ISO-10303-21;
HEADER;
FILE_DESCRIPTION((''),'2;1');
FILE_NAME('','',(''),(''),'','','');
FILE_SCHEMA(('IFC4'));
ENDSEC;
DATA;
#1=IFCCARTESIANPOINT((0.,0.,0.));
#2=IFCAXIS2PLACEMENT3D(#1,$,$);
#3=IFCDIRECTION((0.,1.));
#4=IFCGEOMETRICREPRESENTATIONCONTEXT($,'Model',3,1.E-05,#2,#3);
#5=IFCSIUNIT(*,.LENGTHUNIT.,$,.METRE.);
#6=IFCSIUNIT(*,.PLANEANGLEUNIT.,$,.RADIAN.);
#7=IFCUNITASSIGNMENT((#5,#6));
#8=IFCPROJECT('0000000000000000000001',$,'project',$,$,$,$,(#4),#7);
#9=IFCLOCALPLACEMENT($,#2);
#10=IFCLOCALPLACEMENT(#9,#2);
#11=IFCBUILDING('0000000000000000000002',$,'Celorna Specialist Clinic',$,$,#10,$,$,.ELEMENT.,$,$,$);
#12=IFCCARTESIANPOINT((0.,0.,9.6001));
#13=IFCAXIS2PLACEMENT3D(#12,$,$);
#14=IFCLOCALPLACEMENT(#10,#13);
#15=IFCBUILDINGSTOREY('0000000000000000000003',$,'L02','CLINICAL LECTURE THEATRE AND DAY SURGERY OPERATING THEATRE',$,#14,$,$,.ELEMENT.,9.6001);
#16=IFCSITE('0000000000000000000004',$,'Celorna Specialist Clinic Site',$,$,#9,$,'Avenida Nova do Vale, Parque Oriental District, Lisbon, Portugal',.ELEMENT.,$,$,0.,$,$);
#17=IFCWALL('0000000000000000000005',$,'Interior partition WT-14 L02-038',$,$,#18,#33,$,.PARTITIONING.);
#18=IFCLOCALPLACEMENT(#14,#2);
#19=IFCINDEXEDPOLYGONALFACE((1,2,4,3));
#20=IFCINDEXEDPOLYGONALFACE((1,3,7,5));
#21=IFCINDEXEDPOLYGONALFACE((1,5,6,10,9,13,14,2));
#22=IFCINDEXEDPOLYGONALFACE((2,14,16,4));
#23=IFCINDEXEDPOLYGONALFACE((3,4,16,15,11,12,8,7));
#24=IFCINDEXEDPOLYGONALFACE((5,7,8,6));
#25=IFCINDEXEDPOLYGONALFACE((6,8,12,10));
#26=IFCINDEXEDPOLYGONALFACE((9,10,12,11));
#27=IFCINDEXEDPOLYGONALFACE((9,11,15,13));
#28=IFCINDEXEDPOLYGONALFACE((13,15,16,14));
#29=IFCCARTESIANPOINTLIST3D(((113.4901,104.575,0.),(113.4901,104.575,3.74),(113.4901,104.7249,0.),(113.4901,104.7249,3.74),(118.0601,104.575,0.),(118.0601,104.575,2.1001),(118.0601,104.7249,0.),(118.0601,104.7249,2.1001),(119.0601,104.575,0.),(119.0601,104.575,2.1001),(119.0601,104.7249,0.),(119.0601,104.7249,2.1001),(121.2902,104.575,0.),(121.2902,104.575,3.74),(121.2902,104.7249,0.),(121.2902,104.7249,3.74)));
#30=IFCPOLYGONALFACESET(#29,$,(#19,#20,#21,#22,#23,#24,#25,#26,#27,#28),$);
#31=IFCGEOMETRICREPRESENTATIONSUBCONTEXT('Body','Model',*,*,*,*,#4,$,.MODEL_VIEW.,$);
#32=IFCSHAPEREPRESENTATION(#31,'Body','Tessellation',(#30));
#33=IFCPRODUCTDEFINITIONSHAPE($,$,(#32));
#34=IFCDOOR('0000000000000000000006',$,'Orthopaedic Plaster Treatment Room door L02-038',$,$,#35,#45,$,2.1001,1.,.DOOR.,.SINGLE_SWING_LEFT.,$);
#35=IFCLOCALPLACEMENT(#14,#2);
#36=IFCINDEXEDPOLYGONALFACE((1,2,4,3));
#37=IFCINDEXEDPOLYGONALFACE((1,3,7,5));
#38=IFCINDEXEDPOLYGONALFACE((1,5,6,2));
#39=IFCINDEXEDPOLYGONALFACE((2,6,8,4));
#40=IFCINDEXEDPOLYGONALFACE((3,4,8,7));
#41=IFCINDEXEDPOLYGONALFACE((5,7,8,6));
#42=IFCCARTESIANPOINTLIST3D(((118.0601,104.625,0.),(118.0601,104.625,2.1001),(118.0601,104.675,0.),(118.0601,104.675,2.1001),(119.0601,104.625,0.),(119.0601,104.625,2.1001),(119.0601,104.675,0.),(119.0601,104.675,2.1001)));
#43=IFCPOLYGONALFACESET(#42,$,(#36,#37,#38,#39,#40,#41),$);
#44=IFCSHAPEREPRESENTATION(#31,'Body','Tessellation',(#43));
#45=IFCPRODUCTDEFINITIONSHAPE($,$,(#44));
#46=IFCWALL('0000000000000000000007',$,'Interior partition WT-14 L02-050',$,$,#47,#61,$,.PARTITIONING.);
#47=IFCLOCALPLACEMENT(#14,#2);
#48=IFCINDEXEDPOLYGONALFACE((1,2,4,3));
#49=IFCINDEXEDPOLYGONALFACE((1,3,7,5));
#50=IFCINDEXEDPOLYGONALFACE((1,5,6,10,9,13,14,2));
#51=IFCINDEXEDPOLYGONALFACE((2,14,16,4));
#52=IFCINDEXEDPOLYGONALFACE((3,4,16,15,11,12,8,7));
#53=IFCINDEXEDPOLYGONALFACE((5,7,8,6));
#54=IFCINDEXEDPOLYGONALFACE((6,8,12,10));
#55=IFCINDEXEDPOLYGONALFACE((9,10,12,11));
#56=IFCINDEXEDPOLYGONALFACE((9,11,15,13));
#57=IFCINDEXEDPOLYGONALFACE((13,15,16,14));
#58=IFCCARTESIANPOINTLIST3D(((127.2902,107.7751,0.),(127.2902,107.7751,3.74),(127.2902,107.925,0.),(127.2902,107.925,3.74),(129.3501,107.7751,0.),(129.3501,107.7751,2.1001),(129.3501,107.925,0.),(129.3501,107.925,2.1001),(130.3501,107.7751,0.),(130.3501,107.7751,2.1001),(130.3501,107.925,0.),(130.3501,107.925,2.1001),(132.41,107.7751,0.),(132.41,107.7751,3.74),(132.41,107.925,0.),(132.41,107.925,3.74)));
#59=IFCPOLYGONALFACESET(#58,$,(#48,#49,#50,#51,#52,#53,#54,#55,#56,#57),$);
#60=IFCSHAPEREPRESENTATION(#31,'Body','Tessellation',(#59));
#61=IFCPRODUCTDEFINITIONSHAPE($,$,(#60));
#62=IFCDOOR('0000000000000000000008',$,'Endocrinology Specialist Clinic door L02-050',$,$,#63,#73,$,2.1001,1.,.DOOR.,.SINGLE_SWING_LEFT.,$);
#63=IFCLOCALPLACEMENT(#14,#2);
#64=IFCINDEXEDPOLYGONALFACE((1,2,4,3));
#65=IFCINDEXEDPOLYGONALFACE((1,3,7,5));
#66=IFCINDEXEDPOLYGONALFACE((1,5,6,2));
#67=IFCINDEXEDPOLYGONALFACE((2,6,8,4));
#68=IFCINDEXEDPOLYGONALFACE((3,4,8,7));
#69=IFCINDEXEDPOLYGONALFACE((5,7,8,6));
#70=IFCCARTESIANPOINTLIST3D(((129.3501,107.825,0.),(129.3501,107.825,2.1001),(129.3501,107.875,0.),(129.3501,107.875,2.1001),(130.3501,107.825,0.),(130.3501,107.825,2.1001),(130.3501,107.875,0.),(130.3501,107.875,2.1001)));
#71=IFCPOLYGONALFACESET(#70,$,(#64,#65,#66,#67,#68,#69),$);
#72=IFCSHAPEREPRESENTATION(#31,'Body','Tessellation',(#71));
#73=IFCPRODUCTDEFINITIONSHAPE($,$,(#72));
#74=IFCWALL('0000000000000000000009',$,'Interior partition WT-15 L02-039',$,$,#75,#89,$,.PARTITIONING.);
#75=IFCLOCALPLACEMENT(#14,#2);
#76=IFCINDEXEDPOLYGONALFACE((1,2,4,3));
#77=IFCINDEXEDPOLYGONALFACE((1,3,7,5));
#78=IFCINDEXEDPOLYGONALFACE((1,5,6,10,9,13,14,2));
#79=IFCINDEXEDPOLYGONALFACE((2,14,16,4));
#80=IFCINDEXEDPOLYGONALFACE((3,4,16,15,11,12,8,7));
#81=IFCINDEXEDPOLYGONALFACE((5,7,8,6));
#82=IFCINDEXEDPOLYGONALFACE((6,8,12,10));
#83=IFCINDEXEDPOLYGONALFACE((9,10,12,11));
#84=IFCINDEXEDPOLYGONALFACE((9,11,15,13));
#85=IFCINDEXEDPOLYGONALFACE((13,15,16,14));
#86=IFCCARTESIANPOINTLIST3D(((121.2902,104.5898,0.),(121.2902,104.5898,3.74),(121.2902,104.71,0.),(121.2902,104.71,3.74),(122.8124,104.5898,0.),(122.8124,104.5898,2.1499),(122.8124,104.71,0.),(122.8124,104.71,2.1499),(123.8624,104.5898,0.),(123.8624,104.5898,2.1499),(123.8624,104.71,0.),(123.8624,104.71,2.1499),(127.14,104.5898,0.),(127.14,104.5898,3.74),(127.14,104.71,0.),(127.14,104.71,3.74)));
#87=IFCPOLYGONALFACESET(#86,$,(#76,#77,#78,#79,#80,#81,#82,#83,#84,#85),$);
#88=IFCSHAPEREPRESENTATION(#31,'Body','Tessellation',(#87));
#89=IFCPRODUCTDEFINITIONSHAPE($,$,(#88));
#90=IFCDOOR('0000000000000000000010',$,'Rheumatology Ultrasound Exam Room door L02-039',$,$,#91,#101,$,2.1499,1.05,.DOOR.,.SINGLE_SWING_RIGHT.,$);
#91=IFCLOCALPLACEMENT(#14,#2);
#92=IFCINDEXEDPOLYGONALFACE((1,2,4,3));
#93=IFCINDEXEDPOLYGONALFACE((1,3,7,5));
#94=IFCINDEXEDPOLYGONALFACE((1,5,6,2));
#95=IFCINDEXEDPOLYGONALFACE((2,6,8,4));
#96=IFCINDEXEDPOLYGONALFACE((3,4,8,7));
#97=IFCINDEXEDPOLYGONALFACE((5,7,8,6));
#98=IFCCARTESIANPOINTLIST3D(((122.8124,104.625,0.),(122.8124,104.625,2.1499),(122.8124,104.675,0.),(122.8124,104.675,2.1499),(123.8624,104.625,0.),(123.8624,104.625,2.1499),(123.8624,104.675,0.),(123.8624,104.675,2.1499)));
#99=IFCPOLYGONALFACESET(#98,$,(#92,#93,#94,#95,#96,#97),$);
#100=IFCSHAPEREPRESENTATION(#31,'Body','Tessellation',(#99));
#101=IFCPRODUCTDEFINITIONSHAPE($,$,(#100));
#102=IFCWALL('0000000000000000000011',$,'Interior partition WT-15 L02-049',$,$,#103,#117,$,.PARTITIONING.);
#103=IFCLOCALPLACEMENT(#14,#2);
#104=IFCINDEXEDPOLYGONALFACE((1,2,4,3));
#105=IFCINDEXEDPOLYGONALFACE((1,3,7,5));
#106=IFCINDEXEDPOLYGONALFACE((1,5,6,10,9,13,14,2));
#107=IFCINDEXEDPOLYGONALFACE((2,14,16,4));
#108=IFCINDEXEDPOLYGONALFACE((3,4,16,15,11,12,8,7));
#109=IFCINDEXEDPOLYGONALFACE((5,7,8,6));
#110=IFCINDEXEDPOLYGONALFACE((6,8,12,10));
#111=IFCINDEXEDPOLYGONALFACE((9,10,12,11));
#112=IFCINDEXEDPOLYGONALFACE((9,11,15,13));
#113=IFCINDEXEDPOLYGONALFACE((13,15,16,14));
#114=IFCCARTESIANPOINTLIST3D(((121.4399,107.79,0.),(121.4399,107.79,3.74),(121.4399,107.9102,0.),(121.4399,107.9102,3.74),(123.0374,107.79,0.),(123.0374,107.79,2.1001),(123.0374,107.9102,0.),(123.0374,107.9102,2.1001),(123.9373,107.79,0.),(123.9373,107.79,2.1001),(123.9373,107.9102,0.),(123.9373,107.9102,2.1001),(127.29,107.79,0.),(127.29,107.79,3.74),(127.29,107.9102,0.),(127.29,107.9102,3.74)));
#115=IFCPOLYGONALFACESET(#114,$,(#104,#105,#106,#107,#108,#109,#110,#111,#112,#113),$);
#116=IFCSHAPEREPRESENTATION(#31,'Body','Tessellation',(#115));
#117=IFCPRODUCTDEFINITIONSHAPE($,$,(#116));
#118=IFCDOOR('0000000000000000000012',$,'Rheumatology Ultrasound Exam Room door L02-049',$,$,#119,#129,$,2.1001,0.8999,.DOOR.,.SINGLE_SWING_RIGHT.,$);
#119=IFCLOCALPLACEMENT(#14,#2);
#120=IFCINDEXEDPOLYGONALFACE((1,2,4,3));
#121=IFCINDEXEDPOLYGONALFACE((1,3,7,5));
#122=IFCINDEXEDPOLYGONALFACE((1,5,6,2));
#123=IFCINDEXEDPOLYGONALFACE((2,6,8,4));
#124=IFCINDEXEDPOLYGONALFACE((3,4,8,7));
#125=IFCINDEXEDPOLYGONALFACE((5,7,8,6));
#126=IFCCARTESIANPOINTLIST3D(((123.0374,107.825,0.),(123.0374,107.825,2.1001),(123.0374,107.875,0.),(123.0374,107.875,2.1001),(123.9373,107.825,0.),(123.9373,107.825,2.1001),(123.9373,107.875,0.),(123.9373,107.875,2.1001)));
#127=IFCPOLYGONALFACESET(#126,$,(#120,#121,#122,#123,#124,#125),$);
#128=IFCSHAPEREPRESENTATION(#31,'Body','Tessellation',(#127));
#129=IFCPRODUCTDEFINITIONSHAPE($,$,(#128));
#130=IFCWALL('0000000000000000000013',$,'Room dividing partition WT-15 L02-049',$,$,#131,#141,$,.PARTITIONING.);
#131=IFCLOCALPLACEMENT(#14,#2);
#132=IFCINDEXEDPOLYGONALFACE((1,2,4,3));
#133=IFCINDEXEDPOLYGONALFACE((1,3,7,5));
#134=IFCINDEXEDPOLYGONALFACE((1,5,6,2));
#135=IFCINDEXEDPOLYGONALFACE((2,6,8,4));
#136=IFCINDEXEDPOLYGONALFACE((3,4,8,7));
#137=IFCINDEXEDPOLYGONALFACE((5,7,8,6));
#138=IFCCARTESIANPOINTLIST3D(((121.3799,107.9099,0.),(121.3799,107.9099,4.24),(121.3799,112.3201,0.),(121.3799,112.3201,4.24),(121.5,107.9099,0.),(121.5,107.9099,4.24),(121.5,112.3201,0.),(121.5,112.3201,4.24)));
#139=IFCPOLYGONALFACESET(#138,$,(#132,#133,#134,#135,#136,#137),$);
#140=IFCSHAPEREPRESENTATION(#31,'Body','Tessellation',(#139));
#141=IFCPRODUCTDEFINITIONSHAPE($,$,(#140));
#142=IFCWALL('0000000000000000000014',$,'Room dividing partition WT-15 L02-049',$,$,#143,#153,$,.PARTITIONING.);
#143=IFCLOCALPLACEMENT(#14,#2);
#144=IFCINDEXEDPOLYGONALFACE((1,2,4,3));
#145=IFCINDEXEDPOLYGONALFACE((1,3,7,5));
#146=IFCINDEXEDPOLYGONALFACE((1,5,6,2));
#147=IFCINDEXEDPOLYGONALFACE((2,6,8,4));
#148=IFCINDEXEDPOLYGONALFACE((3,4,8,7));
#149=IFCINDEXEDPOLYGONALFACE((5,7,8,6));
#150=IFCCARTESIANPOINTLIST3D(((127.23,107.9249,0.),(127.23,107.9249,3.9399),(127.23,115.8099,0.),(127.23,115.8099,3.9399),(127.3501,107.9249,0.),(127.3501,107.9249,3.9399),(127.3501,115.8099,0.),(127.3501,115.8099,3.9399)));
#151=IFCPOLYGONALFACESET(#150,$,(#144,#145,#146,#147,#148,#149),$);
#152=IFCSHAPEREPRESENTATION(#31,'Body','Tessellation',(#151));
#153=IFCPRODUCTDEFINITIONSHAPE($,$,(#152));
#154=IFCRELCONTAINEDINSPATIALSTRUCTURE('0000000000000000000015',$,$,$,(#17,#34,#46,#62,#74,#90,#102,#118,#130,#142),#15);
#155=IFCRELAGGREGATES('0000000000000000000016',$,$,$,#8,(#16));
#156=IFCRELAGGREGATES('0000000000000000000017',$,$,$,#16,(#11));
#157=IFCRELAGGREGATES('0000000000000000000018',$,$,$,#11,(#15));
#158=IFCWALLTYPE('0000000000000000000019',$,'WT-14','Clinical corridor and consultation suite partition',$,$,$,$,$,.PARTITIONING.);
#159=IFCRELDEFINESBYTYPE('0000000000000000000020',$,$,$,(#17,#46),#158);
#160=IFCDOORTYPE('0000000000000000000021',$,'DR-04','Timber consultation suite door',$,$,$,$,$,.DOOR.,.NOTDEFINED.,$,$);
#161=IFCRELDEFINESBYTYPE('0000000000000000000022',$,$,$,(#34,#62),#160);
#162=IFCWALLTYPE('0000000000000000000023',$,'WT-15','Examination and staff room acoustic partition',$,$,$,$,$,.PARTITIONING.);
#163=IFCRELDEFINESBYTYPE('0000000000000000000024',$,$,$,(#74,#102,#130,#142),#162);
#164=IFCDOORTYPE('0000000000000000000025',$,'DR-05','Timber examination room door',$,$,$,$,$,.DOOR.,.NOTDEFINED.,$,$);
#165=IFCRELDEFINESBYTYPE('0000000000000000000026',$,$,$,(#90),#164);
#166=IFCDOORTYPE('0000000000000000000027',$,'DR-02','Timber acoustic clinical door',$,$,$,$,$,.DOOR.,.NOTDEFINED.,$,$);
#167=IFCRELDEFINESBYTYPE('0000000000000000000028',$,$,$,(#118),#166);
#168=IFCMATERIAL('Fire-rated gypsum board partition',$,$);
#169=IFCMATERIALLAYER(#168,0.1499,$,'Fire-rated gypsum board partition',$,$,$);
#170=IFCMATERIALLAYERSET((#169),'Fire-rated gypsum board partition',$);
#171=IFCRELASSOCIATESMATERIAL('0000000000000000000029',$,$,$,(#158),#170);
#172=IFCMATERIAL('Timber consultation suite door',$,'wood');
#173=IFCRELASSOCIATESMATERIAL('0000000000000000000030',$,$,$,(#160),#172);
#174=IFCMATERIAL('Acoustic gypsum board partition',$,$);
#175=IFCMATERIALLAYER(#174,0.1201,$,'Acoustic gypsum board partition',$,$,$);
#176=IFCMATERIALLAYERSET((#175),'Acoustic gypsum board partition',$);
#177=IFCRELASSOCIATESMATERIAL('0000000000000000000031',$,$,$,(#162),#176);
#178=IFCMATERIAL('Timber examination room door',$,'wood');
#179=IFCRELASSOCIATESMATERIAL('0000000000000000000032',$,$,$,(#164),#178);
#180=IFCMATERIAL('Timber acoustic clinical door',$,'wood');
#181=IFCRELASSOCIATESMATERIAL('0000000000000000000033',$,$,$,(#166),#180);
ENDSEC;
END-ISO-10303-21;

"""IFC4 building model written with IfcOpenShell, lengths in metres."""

from ifc_helpers import new_model, si_unit, direction, frame, frame_2d, origin, place, context, subcontext, project, spatial, rectangle, extrude, material, layer, layer_set, type_object, element, fill, save


model = new_model("IFC4")

# Units and contexts
model_context = context("Model", 3, precision=1e-05, world=origin(), true_north=direction((0.0, 1.0)))
body_context = subcontext(model_context, "Body", "Model", "MODEL_VIEW")
ifc_project = project(units=[si_unit("LENGTHUNIT", "METRE"), si_unit("PLANEANGLEUNIT", "RADIAN")], contexts=[model_context])

# Site, building, storey
site_placement = place(None, origin())
site = spatial("IfcSite", under=ifc_project, at=site_placement, Name="Celorna Specialist Clinic Site", LongName="Avenida Nova do Vale, Parque Oriental District, Lisbon, Portugal", CompositionType="ELEMENT", RefElevation=0.0)
building_placement = place(site_placement, origin())
building = spatial("IfcBuilding", under=site, at=building_placement, Name="Celorna Specialist Clinic", CompositionType="ELEMENT")
storey_placement = place(building_placement, frame((0.0, 0.0, 9.6001)))
storey = spatial("IfcBuildingStorey", under=building, at=storey_placement, Name="L02", Description="CLINICAL LECTURE THEATRE AND DAY SURGERY OPERATING THEATRE", CompositionType="ELEMENT", Elevation=9.6001)

# Walls, openings, doors
ifc_material_1 = material(Name="Fire-rated gypsum board partition")
ifc_layer_1 = layer(ifc_material_1, 0.1499, Name="Fire-rated gypsum board partition")
ifc_layer_set_1 = layer_set([ifc_layer_1], Name="Fire-rated gypsum board partition")
wall_type_1 = type_object("IfcWallType", Name="WT-14", Description="Clinical corridor and consultation suite partition", PredefinedType="PARTITIONING", material=ifc_layer_set_1)
wall_1_placement = place(storey_placement, frame((121.29, 104.6499, 0.0), z_axis=(0.0, 0.0, 1.0), x_axis=(-1.0, 0.0, 0.0)))
wall_1 = element("IfcWall", 1, at=wall_1_placement, inside=storey, type_object=wall_type_1, Name="Interior partition WT-14 L02-038", PredefinedType="PARTITIONING", context=body_context, shape_type="SweptSolid", body=[
    extrude(rectangle(XDim=7.8, YDim=0.1499, at=frame_2d((3.8999, 0.0))), origin(), (0.0, 0.0, 1.0), 3.74),
])
opening_1_placement = place(wall_1_placement, frame((2.23, 0.0, 0.0)))
opening_1 = element("IfcOpeningElement", 2, at=opening_1_placement, cuts=wall_1, PredefinedType="OPENING", context=body_context, shape_type="SweptSolid", body=[
    extrude(rectangle(XDim=1.0, YDim=2.1001, at=frame_2d((0.5, 1.05))), frame((0.0, 0.085, 0.0), z_axis=(0.0, -1.0, 0.0), x_axis=(1.0, 0.0, 0.0)), (0.0, 0.0, 1.0), 0.1699),
])
ifc_material_2 = material(Name="Timber consultation suite door", Category="wood")
door_type_1 = type_object("IfcDoorType", Name="DR-04", Description="Timber consultation suite door", OperationType="NOTDEFINED", PredefinedType="DOOR", material=ifc_material_2)
door_1_placement = place(opening_1_placement, origin())
door_1 = element("IfcDoor", 3, at=door_1_placement, inside=storey, type_object=door_type_1, Name="Orthopaedic Plaster Treatment Room door L02-038", OperationType="SINGLE_SWING_LEFT", OverallHeight=2.1001, OverallWidth=1.0, PredefinedType="DOOR", context=body_context, shape_type="SweptSolid", body=[
    extrude(rectangle(XDim=1.0, YDim=2.1001, at=frame_2d((0.5, 1.05))), frame((0.0, 0.0249, 0.0), z_axis=(0.0, -1.0, 0.0), x_axis=(1.0, 0.0, 0.0)), (0.0, 0.0, 1.0), 0.05),
])
fill(opening_1, door_1)
wall_2_placement = place(storey_placement, frame((127.29, 107.8501, 0.0), z_axis=(0.0, 0.0, 1.0), x_axis=(1.0, 0.0, 0.0)))
wall_2 = element("IfcWall", 4, at=wall_2_placement, inside=storey, type_object=wall_type_1, Name="Interior partition WT-14 L02-050", PredefinedType="PARTITIONING", context=body_context, shape_type="SweptSolid", body=[
    extrude(rectangle(XDim=5.1199, YDim=0.1499, at=frame_2d((2.5601, 0.0))), origin(), (0.0, 0.0, 1.0), 3.74),
])
opening_2_placement = place(wall_2_placement, frame((2.0601, 0.0, 0.0)))
opening_2 = element("IfcOpeningElement", 5, at=opening_2_placement, cuts=wall_2, PredefinedType="OPENING", context=body_context, shape_type="SweptSolid", body=[
    extrude(rectangle(XDim=1.0, YDim=2.1001, at=frame_2d((0.5, 1.05))), frame((0.0, 0.085, 0.0), z_axis=(0.0, -1.0, 0.0), x_axis=(1.0, 0.0, 0.0)), (0.0, 0.0, 1.0), 0.1699),
])
door_2_placement = place(opening_2_placement, origin())
door_2 = element("IfcDoor", 6, at=door_2_placement, inside=storey, type_object=door_type_1, Name="Endocrinology Specialist Clinic door L02-050", OperationType="SINGLE_SWING_LEFT", OverallHeight=2.1001, OverallWidth=1.0, PredefinedType="DOOR", context=body_context, shape_type="SweptSolid", body=[
    extrude(rectangle(XDim=1.0, YDim=2.1001, at=frame_2d((0.5, 1.05))), frame((0.0, 0.0249, 0.0), z_axis=(0.0, -1.0, 0.0), x_axis=(1.0, 0.0, 0.0)), (0.0, 0.0, 1.0), 0.05),
])
fill(opening_2, door_2)
ifc_material_3 = material(Name="Acoustic gypsum board partition")
ifc_layer_2 = layer(ifc_material_3, 0.1201, Name="Acoustic gypsum board partition")
ifc_layer_set_2 = layer_set([ifc_layer_2], Name="Acoustic gypsum board partition")
wall_type_2 = type_object("IfcWallType", Name="WT-15", Description="Examination and staff room acoustic partition", PredefinedType="PARTITIONING", material=ifc_layer_set_2)
wall_3_placement = place(storey_placement, frame((127.1399, 104.6499, 0.0), z_axis=(0.0, 0.0, 1.0), x_axis=(-1.0, 0.0, 0.0)))
wall_3 = element("IfcWall", 7, at=wall_3_placement, inside=storey, type_object=wall_type_2, Name="Interior partition WT-15 L02-039", PredefinedType="PARTITIONING", context=body_context, shape_type="SweptSolid", body=[
    extrude(rectangle(XDim=5.8499, YDim=0.1201, at=frame_2d((2.9248, 0.0))), origin(), (0.0, 0.0, 1.0), 3.74),
])
opening_3_placement = place(wall_3_placement, frame((3.2776, 0.0, 0.0)))
opening_3 = element("IfcOpeningElement", 8, at=opening_3_placement, cuts=wall_3, PredefinedType="OPENING", context=body_context, shape_type="SweptSolid", body=[
    extrude(rectangle(XDim=1.05, YDim=2.1499, at=frame_2d((0.5249, 1.075))), frame((0.0, 0.0701, 0.0), z_axis=(0.0, -1.0, 0.0), x_axis=(1.0, 0.0, 0.0)), (0.0, 0.0, 1.0), 0.1401),
])
ifc_material_4 = material(Name="Timber examination room door", Category="wood")
door_type_2 = type_object("IfcDoorType", Name="DR-05", Description="Timber examination room door", OperationType="NOTDEFINED", PredefinedType="DOOR", material=ifc_material_4)
door_3_placement = place(opening_3_placement, origin())
door_3 = element("IfcDoor", 9, at=door_3_placement, inside=storey, type_object=door_type_2, Name="Rheumatology Ultrasound Exam Room door L02-039", OperationType="SINGLE_SWING_RIGHT", OverallHeight=2.1499, OverallWidth=1.05, PredefinedType="DOOR", context=body_context, shape_type="SweptSolid", body=[
    extrude(rectangle(XDim=1.05, YDim=2.1499, at=frame_2d((0.5249, 1.075))), frame((0.0, 0.0249, 0.0), z_axis=(0.0, -1.0, 0.0), x_axis=(1.0, 0.0, 0.0)), (0.0, 0.0, 1.0), 0.05),
])
fill(opening_3, door_3)
wall_4_placement = place(storey_placement, frame((121.4399, 107.8501, 0.0), z_axis=(0.0, 0.0, 1.0), x_axis=(1.0, 0.0, 0.0)))
wall_4 = element("IfcWall", 10, at=wall_4_placement, inside=storey, type_object=wall_type_2, Name="Interior partition WT-15 L02-049", PredefinedType="PARTITIONING", context=body_context, shape_type="SweptSolid", body=[
    extrude(rectangle(XDim=5.8501, YDim=0.1201, at=frame_2d((2.925, 0.0))), origin(), (0.0, 0.0, 1.0), 3.74),
])
opening_4_placement = place(wall_4_placement, frame((1.5974, 0.0, 0.0)))
opening_4 = element("IfcOpeningElement", 11, at=opening_4_placement, cuts=wall_4, PredefinedType="OPENING", context=body_context, shape_type="SweptSolid", body=[
    extrude(rectangle(XDim=0.8999, YDim=2.1001, at=frame_2d((0.45, 1.05))), frame((0.0, 0.0701, 0.0), z_axis=(0.0, -1.0, 0.0), x_axis=(1.0, 0.0, 0.0)), (0.0, 0.0, 1.0), 0.1401),
])
ifc_material_5 = material(Name="Timber acoustic clinical door", Category="wood")
door_type_3 = type_object("IfcDoorType", Name="DR-02", Description="Timber acoustic clinical door", OperationType="NOTDEFINED", PredefinedType="DOOR", material=ifc_material_5)
door_4_placement = place(opening_4_placement, origin())
door_4 = element("IfcDoor", 12, at=door_4_placement, inside=storey, type_object=door_type_3, Name="Rheumatology Ultrasound Exam Room door L02-049", OperationType="SINGLE_SWING_RIGHT", OverallHeight=2.1001, OverallWidth=0.8999, PredefinedType="DOOR", context=body_context, shape_type="SweptSolid", body=[
    extrude(rectangle(XDim=0.8999, YDim=2.1001, at=frame_2d((0.45, 1.05))), frame((0.0, 0.0249, 0.0), z_axis=(0.0, -1.0, 0.0), x_axis=(1.0, 0.0, 0.0)), (0.0, 0.0, 1.0), 0.05),
])
fill(opening_4, door_4)

# Walls
wall_5_placement = place(storey_placement, frame((121.4399, 107.9099, 0.0), z_axis=(0.0, 0.0, 1.0), x_axis=(0.0, 1.0, 0.0)))
element("IfcWall", 13, at=wall_5_placement, inside=storey, type_object=wall_type_2, Name="Room dividing partition WT-15 L02-049", PredefinedType="PARTITIONING", context=body_context, shape_type="SweptSolid", body=[
    extrude(rectangle(XDim=4.4102, YDim=0.1201, at=frame_2d((2.2051, 0.0))), origin(), (0.0, 0.0, 1.0), 4.24),
])
wall_6_placement = place(storey_placement, frame((127.29, 107.925, 0.0), z_axis=(0.0, 0.0, 1.0), x_axis=(0.0, 1.0, 0.0)))
element("IfcWall", 14, at=wall_6_placement, inside=storey, type_object=wall_type_2, Name="Room dividing partition WT-15 L02-049", PredefinedType="PARTITIONING", context=body_context, shape_type="SweptSolid", body=[
    extrude(rectangle(XDim=7.885, YDim=0.1201, at=frame_2d((3.9424, 0.0))), origin(), (0.0, 0.0, 1.0), 3.9399),
])

save(model, "model.ifc")
